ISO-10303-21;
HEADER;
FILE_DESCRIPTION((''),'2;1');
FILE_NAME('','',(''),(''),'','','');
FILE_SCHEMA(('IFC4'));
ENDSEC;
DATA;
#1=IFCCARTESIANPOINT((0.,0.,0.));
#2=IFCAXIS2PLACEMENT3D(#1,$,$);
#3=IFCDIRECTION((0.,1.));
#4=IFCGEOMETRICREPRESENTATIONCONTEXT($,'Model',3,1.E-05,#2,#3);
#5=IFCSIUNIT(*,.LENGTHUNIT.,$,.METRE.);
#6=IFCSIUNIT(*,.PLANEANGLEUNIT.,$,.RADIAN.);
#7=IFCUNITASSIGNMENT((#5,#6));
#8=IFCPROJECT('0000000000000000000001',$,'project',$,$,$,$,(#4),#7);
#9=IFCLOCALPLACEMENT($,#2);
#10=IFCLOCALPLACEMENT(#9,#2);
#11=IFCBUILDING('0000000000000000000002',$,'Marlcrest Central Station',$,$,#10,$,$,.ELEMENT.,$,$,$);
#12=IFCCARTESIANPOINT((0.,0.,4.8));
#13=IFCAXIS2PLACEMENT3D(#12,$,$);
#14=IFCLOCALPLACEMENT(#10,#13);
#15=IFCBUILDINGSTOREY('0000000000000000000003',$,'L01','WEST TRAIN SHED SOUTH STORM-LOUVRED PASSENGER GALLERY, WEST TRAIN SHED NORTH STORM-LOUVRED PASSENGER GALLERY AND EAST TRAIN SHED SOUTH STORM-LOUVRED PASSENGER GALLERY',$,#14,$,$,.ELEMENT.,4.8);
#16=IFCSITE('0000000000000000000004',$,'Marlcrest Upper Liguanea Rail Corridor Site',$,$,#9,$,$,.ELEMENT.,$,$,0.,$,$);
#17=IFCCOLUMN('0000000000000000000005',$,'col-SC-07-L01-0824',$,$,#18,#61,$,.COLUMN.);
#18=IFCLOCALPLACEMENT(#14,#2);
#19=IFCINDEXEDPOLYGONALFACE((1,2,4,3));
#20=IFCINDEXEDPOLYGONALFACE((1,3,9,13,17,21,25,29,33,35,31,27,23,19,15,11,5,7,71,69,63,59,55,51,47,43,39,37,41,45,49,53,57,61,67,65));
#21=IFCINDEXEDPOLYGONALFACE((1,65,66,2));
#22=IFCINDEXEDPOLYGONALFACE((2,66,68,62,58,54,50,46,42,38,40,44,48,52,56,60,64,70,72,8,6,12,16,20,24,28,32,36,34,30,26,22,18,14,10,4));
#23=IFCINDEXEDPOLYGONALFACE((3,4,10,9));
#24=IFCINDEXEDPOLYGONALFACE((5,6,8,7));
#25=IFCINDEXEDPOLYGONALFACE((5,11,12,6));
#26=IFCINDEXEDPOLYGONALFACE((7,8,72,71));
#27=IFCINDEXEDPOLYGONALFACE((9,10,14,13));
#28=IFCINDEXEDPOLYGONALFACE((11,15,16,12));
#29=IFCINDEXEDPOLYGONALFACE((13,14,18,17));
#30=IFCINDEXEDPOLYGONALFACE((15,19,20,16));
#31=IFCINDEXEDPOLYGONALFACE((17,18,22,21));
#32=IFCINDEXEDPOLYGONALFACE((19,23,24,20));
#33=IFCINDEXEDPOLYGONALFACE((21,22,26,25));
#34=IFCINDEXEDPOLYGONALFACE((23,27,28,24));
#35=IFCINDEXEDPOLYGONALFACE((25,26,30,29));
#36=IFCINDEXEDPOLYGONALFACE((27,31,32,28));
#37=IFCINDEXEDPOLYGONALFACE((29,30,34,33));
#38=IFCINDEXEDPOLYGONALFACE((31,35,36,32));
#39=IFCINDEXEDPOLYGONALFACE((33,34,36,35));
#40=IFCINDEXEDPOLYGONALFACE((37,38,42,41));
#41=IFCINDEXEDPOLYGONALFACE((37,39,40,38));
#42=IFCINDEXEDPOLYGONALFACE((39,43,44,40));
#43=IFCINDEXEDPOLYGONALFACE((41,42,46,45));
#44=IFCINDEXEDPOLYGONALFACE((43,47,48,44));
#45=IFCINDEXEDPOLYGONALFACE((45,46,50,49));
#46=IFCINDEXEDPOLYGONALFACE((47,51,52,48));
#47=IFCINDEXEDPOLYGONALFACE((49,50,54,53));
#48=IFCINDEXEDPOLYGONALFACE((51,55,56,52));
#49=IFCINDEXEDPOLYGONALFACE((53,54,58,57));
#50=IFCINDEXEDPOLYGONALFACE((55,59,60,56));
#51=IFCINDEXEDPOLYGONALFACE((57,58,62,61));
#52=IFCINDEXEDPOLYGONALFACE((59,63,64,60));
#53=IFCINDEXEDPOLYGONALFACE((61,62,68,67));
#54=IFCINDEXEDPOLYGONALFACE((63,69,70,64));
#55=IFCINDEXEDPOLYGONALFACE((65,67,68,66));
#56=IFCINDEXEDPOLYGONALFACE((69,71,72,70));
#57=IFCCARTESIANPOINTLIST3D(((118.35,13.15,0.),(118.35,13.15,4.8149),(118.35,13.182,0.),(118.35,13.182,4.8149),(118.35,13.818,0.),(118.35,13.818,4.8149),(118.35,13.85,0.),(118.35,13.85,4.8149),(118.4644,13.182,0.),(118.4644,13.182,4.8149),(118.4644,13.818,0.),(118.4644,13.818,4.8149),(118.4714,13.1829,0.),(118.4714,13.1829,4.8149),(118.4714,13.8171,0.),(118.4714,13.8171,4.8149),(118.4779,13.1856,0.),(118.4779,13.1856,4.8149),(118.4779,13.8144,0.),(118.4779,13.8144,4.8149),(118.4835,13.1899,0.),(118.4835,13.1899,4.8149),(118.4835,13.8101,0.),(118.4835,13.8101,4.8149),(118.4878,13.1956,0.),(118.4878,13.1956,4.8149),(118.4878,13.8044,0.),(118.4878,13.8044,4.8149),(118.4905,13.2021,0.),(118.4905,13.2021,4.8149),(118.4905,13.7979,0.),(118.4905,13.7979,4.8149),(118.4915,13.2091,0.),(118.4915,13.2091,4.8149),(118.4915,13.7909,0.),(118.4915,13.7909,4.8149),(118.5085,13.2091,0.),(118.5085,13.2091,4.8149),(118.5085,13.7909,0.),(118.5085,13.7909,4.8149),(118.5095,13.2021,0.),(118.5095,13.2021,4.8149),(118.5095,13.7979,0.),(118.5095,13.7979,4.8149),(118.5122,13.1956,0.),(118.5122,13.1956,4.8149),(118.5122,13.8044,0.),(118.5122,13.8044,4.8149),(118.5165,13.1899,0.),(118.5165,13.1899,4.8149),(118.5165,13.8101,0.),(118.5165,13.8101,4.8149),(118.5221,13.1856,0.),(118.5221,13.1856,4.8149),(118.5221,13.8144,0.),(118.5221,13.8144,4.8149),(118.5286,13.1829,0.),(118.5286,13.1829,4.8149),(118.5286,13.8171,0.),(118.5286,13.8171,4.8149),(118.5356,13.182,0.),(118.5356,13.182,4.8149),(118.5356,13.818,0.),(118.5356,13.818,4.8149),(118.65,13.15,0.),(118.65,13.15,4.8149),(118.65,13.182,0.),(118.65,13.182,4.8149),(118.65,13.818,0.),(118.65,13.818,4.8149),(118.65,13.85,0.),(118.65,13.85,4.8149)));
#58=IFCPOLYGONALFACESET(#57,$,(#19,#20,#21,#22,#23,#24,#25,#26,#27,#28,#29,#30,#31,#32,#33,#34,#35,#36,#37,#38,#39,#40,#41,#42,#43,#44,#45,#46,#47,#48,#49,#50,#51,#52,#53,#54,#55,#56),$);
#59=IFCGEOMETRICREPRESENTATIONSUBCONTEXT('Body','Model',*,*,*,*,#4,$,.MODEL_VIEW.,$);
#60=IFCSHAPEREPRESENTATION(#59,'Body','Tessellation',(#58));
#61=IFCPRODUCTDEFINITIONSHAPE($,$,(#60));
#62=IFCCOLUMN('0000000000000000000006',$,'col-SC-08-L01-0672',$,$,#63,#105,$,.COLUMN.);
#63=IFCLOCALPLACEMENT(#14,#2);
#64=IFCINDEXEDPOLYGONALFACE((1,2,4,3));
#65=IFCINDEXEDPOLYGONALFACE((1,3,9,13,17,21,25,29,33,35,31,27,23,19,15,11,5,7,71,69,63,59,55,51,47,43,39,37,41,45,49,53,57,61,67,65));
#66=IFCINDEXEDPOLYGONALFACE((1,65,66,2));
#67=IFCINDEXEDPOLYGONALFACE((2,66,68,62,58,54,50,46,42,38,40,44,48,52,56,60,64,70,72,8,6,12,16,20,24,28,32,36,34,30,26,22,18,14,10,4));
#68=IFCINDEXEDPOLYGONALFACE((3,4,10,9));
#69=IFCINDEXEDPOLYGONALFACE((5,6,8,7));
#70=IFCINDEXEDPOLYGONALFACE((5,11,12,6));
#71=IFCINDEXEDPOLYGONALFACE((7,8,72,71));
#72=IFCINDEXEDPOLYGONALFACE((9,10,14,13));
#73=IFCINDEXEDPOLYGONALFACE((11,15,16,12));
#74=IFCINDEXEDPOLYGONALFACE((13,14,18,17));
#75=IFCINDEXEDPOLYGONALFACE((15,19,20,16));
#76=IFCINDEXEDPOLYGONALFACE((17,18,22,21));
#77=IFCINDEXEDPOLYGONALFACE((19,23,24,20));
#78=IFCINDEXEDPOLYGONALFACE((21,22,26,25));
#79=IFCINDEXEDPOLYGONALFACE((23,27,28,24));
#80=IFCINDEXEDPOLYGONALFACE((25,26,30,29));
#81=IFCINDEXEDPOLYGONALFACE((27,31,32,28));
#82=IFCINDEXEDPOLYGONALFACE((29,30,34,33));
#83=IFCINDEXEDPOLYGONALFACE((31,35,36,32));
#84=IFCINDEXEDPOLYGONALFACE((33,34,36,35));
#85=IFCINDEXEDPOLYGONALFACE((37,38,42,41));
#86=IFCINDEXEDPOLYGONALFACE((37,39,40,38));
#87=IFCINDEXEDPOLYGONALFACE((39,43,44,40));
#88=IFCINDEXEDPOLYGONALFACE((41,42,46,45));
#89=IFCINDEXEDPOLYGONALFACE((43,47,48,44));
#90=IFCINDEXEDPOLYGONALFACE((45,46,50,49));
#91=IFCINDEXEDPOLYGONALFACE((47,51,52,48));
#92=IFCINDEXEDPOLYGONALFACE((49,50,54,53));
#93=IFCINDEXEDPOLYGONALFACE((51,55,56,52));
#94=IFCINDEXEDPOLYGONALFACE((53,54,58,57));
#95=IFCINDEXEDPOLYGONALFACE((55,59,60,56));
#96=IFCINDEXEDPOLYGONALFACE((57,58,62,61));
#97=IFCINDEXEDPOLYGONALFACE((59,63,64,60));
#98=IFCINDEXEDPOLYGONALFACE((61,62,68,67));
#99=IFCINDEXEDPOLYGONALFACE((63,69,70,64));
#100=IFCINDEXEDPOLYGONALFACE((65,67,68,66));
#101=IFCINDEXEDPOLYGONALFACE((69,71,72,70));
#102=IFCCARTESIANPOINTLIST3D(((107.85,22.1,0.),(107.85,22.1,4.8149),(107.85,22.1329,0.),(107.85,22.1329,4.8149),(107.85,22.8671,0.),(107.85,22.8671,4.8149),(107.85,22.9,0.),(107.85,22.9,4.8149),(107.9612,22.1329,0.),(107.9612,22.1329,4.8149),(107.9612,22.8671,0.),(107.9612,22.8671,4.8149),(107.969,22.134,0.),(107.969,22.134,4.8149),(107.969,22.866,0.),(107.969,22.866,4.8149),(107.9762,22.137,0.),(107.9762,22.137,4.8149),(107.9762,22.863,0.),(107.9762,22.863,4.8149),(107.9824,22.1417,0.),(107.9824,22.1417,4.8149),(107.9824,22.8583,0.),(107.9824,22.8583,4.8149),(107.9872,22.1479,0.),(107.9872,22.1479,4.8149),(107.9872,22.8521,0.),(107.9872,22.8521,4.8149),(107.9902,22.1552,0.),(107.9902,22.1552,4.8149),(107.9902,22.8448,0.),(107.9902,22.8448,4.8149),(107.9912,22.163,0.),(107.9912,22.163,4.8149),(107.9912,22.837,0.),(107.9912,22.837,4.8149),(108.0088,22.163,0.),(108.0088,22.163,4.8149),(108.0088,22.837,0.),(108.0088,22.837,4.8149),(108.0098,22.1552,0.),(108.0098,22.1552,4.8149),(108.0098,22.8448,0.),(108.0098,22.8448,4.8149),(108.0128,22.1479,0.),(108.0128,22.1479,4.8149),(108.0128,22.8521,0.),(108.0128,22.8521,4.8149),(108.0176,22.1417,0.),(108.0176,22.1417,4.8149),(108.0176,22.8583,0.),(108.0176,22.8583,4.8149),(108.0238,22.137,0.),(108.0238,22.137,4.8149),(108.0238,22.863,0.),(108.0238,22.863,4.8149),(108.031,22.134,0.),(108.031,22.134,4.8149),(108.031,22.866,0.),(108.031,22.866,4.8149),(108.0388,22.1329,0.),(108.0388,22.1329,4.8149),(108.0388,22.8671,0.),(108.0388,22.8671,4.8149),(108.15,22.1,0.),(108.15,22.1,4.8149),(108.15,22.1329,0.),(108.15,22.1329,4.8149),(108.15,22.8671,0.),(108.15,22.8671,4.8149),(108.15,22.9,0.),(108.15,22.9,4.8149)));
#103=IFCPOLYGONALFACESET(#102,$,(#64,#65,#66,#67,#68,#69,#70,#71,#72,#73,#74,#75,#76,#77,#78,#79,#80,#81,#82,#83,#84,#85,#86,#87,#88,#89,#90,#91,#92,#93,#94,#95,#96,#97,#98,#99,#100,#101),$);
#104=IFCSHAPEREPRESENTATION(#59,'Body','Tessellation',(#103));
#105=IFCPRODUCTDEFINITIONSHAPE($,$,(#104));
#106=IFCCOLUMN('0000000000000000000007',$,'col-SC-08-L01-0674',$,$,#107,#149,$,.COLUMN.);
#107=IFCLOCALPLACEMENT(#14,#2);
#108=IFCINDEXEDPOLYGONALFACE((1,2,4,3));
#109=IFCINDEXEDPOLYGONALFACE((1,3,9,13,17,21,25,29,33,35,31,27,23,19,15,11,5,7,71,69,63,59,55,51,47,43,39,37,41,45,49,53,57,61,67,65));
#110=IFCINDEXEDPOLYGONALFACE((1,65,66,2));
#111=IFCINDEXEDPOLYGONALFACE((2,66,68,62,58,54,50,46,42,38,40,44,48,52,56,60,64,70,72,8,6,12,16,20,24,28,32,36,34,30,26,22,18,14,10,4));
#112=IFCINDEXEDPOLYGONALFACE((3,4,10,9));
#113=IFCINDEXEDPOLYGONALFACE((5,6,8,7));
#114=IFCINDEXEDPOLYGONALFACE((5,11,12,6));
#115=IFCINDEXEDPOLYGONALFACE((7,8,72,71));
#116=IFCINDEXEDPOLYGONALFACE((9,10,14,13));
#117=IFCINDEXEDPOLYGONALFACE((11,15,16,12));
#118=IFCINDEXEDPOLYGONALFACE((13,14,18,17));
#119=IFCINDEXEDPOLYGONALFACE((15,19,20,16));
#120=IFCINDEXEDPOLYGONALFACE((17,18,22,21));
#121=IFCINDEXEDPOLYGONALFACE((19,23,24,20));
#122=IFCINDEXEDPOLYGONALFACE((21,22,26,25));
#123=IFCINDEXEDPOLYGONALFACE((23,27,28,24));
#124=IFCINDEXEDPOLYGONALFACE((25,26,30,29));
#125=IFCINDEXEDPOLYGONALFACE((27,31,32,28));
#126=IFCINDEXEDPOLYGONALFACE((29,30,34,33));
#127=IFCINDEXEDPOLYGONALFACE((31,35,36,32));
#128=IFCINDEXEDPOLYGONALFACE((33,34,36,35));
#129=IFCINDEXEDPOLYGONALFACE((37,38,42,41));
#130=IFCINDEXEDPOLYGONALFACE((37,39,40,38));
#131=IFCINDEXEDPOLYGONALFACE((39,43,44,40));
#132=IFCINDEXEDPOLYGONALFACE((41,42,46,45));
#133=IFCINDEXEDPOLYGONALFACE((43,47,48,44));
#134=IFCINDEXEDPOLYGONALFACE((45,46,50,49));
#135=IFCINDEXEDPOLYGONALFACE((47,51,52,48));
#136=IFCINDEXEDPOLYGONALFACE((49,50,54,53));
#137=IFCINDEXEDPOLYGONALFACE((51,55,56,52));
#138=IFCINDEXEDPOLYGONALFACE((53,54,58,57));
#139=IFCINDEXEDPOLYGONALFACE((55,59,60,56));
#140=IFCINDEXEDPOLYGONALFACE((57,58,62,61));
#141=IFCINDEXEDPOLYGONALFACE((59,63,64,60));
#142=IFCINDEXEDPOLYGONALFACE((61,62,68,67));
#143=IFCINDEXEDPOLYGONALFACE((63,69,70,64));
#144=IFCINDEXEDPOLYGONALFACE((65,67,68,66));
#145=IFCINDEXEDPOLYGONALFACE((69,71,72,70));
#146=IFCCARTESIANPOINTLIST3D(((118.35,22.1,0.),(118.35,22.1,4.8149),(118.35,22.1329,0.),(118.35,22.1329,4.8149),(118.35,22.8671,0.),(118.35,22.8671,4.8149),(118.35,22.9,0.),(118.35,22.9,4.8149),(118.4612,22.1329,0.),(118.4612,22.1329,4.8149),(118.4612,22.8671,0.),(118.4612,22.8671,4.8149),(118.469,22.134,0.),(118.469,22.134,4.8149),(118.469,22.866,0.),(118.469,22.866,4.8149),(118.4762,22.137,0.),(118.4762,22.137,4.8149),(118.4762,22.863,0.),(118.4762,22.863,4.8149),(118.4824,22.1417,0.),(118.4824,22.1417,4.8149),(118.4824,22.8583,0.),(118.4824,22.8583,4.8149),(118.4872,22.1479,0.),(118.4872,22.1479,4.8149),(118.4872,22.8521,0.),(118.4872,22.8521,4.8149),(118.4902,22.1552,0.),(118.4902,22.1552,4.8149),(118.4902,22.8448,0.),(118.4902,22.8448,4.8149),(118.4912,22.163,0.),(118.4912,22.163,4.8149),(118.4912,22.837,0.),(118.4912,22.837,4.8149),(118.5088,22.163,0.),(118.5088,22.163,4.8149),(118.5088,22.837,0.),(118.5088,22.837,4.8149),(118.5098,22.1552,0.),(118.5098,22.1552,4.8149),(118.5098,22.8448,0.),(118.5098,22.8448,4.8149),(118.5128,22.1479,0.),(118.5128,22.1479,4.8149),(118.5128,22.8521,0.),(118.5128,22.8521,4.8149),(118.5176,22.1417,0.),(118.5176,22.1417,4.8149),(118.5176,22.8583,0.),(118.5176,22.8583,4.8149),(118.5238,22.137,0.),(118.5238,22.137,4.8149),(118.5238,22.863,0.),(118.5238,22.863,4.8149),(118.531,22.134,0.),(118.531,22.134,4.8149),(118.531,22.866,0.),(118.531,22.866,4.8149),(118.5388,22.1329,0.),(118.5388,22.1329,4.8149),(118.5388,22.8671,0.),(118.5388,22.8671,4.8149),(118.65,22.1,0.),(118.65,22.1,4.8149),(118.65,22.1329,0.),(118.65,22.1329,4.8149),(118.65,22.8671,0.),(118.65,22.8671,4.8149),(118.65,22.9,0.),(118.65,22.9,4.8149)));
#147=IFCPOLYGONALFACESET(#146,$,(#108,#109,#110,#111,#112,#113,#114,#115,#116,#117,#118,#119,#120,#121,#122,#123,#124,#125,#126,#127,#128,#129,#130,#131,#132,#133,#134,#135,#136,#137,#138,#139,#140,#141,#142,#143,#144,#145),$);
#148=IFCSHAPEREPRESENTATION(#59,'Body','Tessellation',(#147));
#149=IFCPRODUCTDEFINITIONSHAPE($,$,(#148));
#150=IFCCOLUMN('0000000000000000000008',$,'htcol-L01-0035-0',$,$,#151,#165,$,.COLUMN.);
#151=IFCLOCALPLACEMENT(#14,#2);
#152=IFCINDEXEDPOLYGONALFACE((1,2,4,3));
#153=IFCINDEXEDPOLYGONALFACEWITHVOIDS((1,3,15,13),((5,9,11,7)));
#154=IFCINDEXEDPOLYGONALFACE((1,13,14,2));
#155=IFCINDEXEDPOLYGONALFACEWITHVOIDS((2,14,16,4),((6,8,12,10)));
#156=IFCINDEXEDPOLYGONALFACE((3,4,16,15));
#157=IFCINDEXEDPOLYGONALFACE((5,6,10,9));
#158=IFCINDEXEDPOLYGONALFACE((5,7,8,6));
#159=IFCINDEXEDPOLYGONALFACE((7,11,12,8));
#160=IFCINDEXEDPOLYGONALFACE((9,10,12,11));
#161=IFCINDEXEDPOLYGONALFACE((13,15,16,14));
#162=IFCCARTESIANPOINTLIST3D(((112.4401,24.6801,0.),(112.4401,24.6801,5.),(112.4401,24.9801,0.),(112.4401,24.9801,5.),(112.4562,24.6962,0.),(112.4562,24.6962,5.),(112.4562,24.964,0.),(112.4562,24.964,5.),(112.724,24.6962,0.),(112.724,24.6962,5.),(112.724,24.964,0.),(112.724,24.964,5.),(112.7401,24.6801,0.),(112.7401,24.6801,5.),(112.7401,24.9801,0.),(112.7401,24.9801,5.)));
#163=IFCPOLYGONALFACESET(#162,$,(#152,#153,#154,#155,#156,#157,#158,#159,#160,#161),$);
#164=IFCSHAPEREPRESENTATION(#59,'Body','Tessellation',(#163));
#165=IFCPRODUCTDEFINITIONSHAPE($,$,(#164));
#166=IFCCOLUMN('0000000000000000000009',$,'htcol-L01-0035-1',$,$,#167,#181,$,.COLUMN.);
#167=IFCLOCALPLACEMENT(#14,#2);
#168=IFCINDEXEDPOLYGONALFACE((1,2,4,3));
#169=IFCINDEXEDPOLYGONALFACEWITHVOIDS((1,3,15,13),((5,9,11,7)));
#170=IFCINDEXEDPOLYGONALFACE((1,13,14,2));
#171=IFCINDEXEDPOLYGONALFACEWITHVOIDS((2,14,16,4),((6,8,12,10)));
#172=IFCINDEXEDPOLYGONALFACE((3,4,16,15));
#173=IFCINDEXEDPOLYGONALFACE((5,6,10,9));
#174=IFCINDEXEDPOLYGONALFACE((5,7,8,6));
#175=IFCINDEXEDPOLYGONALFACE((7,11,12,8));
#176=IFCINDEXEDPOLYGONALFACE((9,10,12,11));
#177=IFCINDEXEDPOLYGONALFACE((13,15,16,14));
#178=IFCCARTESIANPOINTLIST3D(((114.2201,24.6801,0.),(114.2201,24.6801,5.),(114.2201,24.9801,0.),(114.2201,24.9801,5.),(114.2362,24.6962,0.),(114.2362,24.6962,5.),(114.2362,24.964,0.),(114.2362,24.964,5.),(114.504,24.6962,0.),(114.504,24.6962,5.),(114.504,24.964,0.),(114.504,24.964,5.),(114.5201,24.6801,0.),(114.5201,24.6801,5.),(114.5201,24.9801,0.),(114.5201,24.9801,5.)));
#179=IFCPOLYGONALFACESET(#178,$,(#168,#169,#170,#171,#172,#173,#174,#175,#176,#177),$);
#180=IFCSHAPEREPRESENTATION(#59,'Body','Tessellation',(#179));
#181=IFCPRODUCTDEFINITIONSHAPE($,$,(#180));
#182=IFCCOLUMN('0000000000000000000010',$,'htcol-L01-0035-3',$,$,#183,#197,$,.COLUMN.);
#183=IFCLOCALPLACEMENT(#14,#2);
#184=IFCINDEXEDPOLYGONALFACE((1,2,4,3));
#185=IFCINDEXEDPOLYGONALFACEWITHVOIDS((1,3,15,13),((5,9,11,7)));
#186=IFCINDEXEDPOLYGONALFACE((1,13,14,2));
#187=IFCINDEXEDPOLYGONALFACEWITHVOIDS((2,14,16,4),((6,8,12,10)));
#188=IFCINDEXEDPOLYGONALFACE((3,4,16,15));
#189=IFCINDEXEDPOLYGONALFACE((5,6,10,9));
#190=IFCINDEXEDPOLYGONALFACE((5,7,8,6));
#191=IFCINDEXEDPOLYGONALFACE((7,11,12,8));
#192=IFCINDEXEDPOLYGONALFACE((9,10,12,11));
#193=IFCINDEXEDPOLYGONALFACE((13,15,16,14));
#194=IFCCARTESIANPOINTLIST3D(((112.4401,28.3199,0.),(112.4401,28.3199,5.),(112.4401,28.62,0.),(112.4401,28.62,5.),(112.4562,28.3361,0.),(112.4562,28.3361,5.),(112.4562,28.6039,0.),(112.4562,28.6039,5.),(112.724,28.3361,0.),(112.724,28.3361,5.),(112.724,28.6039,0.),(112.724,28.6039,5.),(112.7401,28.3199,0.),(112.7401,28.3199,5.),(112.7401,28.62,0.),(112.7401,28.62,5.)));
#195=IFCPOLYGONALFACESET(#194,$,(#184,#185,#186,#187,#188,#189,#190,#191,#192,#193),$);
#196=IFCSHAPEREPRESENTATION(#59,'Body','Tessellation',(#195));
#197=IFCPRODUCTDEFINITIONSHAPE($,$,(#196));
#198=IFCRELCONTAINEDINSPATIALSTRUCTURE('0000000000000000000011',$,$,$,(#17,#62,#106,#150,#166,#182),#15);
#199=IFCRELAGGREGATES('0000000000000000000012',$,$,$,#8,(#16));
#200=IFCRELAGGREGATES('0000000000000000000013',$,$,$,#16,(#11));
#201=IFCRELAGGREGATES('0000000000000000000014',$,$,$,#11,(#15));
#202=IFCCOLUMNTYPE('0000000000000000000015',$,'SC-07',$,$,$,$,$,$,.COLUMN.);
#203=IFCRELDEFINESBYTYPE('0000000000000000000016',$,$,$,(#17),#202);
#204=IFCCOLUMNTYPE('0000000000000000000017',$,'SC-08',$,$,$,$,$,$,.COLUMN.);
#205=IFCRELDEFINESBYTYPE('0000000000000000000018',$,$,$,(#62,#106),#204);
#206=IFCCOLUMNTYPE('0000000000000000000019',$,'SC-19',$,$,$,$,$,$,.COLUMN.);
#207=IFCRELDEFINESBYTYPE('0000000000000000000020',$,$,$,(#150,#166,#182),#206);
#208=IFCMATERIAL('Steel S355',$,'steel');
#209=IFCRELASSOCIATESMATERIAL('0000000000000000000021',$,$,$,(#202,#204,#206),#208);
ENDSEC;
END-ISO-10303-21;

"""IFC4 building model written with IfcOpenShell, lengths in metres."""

from ifc_helpers import new_model, si_unit, direction, frame, origin, origin_2d, place, context, subcontext, project, spatial, hollow_rectangle, i_section, extrude, material, material_profile, profile_set, type_object, element, save


model = new_model("IFC4")

# Units and contexts
model_context = context("Model", 3, precision=1e-05, world=origin(), true_north=direction((0.0, 1.0)))
body_context = subcontext(model_context, "Body", "Model", "MODEL_VIEW")
ifc_project = project(units=[si_unit("LENGTHUNIT", "METRE"), si_unit("PLANEANGLEUNIT", "RADIAN")], contexts=[model_context])

# Site, building, storey
site_placement = place(None, origin())
site = spatial("IfcSite", under=ifc_project, at=site_placement, Name="Marlcrest Upper Liguanea Rail Corridor Site", CompositionType="ELEMENT", RefElevation=0.0)
building_placement = place(site_placement, origin())
building = spatial("IfcBuilding", under=site, at=building_placement, Name="Marlcrest Central Station", CompositionType="ELEMENT")
storey_placement = place(building_placement, frame((0.0, 0.0, 4.8)))
storey = spatial("IfcBuildingStorey", under=building, at=storey_placement, Name="L01", Description="WEST TRAIN SHED SOUTH STORM-LOUVRED PASSENGER GALLERY, WEST TRAIN SHED NORTH STORM-LOUVRED PASSENGER GALLERY AND EAST TRAIN SHED SOUTH STORM-LOUVRED PASSENGER GALLERY", CompositionType="ELEMENT", Elevation=4.8)

# Columns
ifc_material_1 = material(Name="Steel S355", Category="steel")
ifc_material_profile_1 = material_profile(ifc_material_1, i_section(OverallWidth=0.3, OverallDepth=0.7, WebThickness=0.0171, FlangeThickness=0.032, FilletRadius=0.0271, at=origin_2d()), Name="HEB 700")
ifc_profile_set_1 = profile_set([ifc_material_profile_1], Name="Steel S355")
column_type_1 = type_object("IfcColumnType", Name="SC-07", PredefinedType="COLUMN", material=ifc_profile_set_1)
column_placement = place(storey_placement, frame((118.5, 13.5, 0.0), z_axis=(0.0, 0.0, 1.0), x_axis=(1.0, 0.0, 0.0)))
element("IfcColumn", 1, at=column_placement, inside=storey, type_object=column_type_1, Name="col-SC-07-L01-0824", PredefinedType="COLUMN", context=body_context, shape_type="SweptSolid", body=[
    extrude(i_section(OverallWidth=0.3, OverallDepth=0.7, WebThickness=0.0171, FlangeThickness=0.032, FilletRadius=0.0271, at=origin_2d()), origin(), (0.0, 0.0, 1.0), 4.8149),
])
ifc_material_profile_2 = material_profile(ifc_material_1, i_section(OverallWidth=0.3, OverallDepth=0.8, WebThickness=0.0176, FlangeThickness=0.033, FilletRadius=0.03, at=origin_2d()), Name="HEB 800")
ifc_profile_set_2 = profile_set([ifc_material_profile_2], Name="Steel S355")
column_type_2 = type_object("IfcColumnType", Name="SC-08", PredefinedType="COLUMN", material=ifc_profile_set_2)
for number, where, z_axis, x_axis, name in (
    (2, (108.0, 22.5, 0.0), (0.0, 0.0, 1.0), (1.0, 0.0, 0.0), "col-SC-08-L01-0672"),
    (3, (118.5, 22.5, 0.0), (0.0, 0.0, 1.0), (1.0, 0.0, 0.0), "col-SC-08-L01-0674"),
):
    element("IfcColumn", number, at=place(storey_placement, frame(where, z_axis=z_axis, x_axis=x_axis)), inside=storey, type_object=column_type_2, Name=name, PredefinedType="COLUMN", context=body_context, shape_type="SweptSolid", body=[
        extrude(i_section(OverallWidth=0.3, OverallDepth=0.8, WebThickness=0.0176, FlangeThickness=0.033, FilletRadius=0.03, at=origin_2d()), origin(), (0.0, 0.0, 1.0), 4.8149),
    ])
ifc_material_profile_3 = material_profile(ifc_material_1, hollow_rectangle(XDim=0.3, YDim=0.3, WallThickness=0.0161, at=origin_2d()), Name="SHS 300x300x16")
ifc_profile_set_3 = profile_set([ifc_material_profile_3], Name="Steel S355")
column_type_3 = type_object("IfcColumnType", Name="SC-19", PredefinedType="COLUMN", material=ifc_profile_set_3)
for number, where, z_axis, x_axis, name in (
    (4, (112.5901, 24.8301, 0.0), (0.0, 0.0, 1.0), (1.0, 0.0, 0.0), "htcol-L01-0035-0"),
    (5, (114.3701, 24.8301, 0.0), (0.0, 0.0, 1.0), (1.0, 0.0, 0.0), "htcol-L01-0035-1"),
    (6, (112.5901, 28.47, 0.0), (0.0, 0.0, 1.0), (1.0, 0.0, 0.0), "htcol-L01-0035-3"),
):
    element("IfcColumn", number, at=place(storey_placement, frame(where, z_axis=z_axis, x_axis=x_axis)), inside=storey, type_object=column_type_3, Name=name, PredefinedType="COLUMN", context=body_context, shape_type="SweptSolid", body=[
        extrude(hollow_rectangle(XDim=0.3, YDim=0.3, WallThickness=0.0161, at=origin_2d()), origin(), (0.0, 0.0, 1.0), 5.0),
    ])

save(model, "model.ifc")
